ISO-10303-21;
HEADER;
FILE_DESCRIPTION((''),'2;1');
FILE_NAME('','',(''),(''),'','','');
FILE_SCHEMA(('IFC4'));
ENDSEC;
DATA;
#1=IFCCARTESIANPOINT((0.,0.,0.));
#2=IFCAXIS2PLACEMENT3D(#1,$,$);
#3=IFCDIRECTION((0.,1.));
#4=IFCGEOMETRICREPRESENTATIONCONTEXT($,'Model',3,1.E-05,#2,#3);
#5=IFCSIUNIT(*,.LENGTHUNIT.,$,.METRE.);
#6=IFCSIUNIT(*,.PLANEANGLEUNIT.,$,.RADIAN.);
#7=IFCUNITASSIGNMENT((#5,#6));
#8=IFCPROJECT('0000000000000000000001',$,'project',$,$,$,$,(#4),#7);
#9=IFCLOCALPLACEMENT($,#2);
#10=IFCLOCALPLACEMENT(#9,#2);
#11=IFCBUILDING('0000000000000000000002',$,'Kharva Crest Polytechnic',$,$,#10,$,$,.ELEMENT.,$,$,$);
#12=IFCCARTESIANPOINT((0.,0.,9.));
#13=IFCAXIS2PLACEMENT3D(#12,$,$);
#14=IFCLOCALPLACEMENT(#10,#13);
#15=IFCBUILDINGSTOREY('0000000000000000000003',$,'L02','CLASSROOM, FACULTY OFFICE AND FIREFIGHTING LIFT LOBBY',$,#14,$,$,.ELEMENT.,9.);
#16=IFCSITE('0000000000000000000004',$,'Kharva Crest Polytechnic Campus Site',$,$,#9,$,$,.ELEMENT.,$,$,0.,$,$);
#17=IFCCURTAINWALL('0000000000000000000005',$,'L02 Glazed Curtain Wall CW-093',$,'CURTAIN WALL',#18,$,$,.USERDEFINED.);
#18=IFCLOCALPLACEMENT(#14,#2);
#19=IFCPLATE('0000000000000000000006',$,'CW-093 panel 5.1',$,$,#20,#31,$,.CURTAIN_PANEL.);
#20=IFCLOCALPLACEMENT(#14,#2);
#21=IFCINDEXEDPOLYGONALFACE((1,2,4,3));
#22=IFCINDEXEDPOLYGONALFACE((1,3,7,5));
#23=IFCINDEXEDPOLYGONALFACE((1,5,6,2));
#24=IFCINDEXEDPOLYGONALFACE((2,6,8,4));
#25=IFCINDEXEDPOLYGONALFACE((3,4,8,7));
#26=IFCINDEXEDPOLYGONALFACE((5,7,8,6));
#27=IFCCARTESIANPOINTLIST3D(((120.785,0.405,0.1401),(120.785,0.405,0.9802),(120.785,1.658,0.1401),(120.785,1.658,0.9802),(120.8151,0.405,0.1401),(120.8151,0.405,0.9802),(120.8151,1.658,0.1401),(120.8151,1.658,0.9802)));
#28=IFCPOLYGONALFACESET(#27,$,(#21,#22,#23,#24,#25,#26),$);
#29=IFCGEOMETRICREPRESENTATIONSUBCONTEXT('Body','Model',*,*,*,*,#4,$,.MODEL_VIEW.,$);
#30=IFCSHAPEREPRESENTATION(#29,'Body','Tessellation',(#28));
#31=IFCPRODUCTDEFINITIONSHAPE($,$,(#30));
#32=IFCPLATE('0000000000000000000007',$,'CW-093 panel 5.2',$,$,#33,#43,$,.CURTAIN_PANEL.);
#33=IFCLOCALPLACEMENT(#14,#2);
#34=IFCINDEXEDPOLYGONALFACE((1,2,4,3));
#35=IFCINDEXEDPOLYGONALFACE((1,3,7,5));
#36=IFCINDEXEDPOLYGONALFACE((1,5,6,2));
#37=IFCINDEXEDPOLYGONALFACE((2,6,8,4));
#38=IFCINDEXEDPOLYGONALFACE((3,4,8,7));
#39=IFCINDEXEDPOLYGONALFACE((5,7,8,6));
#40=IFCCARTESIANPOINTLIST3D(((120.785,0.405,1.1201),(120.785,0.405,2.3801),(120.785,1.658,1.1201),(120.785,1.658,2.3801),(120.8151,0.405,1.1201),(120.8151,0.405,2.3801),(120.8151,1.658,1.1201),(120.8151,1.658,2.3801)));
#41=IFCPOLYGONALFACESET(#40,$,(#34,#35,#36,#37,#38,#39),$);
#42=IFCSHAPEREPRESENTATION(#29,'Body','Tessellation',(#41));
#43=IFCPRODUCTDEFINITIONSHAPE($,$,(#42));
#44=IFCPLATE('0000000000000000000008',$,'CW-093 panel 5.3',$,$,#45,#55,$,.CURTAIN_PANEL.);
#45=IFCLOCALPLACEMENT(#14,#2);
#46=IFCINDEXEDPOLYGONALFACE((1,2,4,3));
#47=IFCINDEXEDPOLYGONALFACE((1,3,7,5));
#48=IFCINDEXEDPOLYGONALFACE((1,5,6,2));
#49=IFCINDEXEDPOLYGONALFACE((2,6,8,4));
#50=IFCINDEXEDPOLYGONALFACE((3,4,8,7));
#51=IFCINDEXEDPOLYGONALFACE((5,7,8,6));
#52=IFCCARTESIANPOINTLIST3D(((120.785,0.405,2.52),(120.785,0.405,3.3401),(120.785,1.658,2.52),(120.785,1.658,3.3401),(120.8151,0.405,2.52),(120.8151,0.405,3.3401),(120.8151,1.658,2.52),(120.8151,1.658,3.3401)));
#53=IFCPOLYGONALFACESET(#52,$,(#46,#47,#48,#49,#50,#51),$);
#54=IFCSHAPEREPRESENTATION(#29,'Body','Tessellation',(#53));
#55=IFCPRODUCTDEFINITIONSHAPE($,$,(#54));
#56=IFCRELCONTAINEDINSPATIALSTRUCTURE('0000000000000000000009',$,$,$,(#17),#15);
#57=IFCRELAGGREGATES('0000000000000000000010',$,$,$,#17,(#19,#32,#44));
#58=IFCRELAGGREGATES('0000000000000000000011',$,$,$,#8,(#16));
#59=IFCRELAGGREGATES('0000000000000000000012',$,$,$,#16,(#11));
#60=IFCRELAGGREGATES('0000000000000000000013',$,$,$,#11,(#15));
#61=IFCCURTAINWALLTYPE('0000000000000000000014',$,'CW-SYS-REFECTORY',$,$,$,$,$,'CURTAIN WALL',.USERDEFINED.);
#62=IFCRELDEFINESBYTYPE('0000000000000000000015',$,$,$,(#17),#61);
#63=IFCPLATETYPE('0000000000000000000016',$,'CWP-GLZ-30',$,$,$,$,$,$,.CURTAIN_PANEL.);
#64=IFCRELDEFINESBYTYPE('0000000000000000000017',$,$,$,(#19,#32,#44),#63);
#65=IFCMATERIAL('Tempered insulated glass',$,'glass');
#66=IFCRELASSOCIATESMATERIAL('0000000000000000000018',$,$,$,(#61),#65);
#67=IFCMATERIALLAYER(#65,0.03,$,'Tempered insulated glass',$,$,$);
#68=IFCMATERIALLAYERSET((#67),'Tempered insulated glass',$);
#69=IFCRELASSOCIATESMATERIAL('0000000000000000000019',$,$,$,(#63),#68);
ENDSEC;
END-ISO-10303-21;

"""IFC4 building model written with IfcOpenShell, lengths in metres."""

from ifc_helpers import new_model, si_unit, direction, frame, origin, origin_2d, place, context, subcontext, project, spatial, rectangle, extrude, material, layer, layer_set, type_object, element, aggregate, save


model = new_model("IFC4")

# Units and contexts
model_context = context("Model", 3, precision=1e-05, world=origin(), true_north=direction((0.0, 1.0)))
body_context = subcontext(model_context, "Body", "Model", "MODEL_VIEW")
ifc_project = project(units=[si_unit("LENGTHUNIT", "METRE"), si_unit("PLANEANGLEUNIT", "RADIAN")], contexts=[model_context])

# Site, building, storey
site_placement = place(None, origin())
site = spatial("IfcSite", under=ifc_project, at=site_placement, Name="Kharva Crest Polytechnic Campus Site", CompositionType="ELEMENT", RefElevation=0.0)
building_placement = place(site_placement, origin())
building = spatial("IfcBuilding", under=site, at=building_placement, Name="Kharva Crest Polytechnic", CompositionType="ELEMENT")
storey_placement = place(building_placement, frame((0.0, 0.0, 9.0)))
storey = spatial("IfcBuildingStorey", under=building, at=storey_placement, Name="L02", Description="CLASSROOM, FACULTY OFFICE AND FIREFIGHTING LIFT LOBBY", CompositionType="ELEMENT", Elevation=9.0)

# Shared definitions
ifc_material_1 = material(Name="Tempered insulated glass", Category="glass")

# Curtain wall
curtain_wall_type_1 = type_object("IfcCurtainWallType", Name="CW-SYS-REFECTORY", ElementType="CURTAIN WALL", PredefinedType="USERDEFINED", material=ifc_material_1)
curtain_wall_1_placement = place(storey_placement, origin())
curtain_wall_1 = element("IfcCurtainWall", 1, at=curtain_wall_1_placement, inside=storey, type_object=curtain_wall_type_1, Name="L02 Glazed Curtain Wall CW-093", ObjectType="CURTAIN WALL", PredefinedType="USERDEFINED")

# Plates
ifc_layer_1 = layer(ifc_material_1, 0.03, Name="Tempered insulated glass")
ifc_layer_set_1 = layer_set([ifc_layer_1], Name="Tempered insulated glass")
plate_type_1 = type_object("IfcPlateType", Name="CWP-GLZ-30", PredefinedType="CURTAIN_PANEL", material=ifc_layer_set_1)
plate_1_placement = place(storey_placement, frame((120.8, 1.0315, 0.1401), z_axis=(0.0, 0.0, 1.0), x_axis=(0.0, -1.0, 0.0)))
plate_1 = element("IfcPlate", 2, at=plate_1_placement, type_object=plate_type_1, Name="CW-093 panel 5.1", PredefinedType="CURTAIN_PANEL", context=body_context, shape_type="SweptSolid", body=[
    extrude(rectangle(XDim=1.2529, YDim=0.03, at=origin_2d()), origin(), (0.0, 0.0, 1.0), 0.8401),
])
plate_2_placement = place(storey_placement, frame((120.8, 1.0315, 1.1201), z_axis=(0.0, 0.0, 1.0), x_axis=(0.0, -1.0, 0.0)))
plate_2 = element("IfcPlate", 3, at=plate_2_placement, type_object=plate_type_1, Name="CW-093 panel 5.2", PredefinedType="CURTAIN_PANEL", context=body_context, shape_type="SweptSolid", body=[
    extrude(rectangle(XDim=1.2529, YDim=0.03, at=origin_2d()), origin(), (0.0, 0.0, 1.0), 1.26),
])
plate_3_placement = place(storey_placement, frame((120.8, 1.0315, 2.52), z_axis=(0.0, 0.0, 1.0), x_axis=(0.0, -1.0, 0.0)))
plate_3 = element("IfcPlate", 4, at=plate_3_placement, type_object=plate_type_1, Name="CW-093 panel 5.3", PredefinedType="CURTAIN_PANEL", context=body_context, shape_type="SweptSolid", body=[
    extrude(rectangle(XDim=1.2529, YDim=0.03, at=origin_2d()), origin(), (0.0, 0.0, 1.0), 0.8201),
])
aggregate(curtain_wall_1, [plate_1, plate_2, plate_3])

save(model, "model.ifc")
